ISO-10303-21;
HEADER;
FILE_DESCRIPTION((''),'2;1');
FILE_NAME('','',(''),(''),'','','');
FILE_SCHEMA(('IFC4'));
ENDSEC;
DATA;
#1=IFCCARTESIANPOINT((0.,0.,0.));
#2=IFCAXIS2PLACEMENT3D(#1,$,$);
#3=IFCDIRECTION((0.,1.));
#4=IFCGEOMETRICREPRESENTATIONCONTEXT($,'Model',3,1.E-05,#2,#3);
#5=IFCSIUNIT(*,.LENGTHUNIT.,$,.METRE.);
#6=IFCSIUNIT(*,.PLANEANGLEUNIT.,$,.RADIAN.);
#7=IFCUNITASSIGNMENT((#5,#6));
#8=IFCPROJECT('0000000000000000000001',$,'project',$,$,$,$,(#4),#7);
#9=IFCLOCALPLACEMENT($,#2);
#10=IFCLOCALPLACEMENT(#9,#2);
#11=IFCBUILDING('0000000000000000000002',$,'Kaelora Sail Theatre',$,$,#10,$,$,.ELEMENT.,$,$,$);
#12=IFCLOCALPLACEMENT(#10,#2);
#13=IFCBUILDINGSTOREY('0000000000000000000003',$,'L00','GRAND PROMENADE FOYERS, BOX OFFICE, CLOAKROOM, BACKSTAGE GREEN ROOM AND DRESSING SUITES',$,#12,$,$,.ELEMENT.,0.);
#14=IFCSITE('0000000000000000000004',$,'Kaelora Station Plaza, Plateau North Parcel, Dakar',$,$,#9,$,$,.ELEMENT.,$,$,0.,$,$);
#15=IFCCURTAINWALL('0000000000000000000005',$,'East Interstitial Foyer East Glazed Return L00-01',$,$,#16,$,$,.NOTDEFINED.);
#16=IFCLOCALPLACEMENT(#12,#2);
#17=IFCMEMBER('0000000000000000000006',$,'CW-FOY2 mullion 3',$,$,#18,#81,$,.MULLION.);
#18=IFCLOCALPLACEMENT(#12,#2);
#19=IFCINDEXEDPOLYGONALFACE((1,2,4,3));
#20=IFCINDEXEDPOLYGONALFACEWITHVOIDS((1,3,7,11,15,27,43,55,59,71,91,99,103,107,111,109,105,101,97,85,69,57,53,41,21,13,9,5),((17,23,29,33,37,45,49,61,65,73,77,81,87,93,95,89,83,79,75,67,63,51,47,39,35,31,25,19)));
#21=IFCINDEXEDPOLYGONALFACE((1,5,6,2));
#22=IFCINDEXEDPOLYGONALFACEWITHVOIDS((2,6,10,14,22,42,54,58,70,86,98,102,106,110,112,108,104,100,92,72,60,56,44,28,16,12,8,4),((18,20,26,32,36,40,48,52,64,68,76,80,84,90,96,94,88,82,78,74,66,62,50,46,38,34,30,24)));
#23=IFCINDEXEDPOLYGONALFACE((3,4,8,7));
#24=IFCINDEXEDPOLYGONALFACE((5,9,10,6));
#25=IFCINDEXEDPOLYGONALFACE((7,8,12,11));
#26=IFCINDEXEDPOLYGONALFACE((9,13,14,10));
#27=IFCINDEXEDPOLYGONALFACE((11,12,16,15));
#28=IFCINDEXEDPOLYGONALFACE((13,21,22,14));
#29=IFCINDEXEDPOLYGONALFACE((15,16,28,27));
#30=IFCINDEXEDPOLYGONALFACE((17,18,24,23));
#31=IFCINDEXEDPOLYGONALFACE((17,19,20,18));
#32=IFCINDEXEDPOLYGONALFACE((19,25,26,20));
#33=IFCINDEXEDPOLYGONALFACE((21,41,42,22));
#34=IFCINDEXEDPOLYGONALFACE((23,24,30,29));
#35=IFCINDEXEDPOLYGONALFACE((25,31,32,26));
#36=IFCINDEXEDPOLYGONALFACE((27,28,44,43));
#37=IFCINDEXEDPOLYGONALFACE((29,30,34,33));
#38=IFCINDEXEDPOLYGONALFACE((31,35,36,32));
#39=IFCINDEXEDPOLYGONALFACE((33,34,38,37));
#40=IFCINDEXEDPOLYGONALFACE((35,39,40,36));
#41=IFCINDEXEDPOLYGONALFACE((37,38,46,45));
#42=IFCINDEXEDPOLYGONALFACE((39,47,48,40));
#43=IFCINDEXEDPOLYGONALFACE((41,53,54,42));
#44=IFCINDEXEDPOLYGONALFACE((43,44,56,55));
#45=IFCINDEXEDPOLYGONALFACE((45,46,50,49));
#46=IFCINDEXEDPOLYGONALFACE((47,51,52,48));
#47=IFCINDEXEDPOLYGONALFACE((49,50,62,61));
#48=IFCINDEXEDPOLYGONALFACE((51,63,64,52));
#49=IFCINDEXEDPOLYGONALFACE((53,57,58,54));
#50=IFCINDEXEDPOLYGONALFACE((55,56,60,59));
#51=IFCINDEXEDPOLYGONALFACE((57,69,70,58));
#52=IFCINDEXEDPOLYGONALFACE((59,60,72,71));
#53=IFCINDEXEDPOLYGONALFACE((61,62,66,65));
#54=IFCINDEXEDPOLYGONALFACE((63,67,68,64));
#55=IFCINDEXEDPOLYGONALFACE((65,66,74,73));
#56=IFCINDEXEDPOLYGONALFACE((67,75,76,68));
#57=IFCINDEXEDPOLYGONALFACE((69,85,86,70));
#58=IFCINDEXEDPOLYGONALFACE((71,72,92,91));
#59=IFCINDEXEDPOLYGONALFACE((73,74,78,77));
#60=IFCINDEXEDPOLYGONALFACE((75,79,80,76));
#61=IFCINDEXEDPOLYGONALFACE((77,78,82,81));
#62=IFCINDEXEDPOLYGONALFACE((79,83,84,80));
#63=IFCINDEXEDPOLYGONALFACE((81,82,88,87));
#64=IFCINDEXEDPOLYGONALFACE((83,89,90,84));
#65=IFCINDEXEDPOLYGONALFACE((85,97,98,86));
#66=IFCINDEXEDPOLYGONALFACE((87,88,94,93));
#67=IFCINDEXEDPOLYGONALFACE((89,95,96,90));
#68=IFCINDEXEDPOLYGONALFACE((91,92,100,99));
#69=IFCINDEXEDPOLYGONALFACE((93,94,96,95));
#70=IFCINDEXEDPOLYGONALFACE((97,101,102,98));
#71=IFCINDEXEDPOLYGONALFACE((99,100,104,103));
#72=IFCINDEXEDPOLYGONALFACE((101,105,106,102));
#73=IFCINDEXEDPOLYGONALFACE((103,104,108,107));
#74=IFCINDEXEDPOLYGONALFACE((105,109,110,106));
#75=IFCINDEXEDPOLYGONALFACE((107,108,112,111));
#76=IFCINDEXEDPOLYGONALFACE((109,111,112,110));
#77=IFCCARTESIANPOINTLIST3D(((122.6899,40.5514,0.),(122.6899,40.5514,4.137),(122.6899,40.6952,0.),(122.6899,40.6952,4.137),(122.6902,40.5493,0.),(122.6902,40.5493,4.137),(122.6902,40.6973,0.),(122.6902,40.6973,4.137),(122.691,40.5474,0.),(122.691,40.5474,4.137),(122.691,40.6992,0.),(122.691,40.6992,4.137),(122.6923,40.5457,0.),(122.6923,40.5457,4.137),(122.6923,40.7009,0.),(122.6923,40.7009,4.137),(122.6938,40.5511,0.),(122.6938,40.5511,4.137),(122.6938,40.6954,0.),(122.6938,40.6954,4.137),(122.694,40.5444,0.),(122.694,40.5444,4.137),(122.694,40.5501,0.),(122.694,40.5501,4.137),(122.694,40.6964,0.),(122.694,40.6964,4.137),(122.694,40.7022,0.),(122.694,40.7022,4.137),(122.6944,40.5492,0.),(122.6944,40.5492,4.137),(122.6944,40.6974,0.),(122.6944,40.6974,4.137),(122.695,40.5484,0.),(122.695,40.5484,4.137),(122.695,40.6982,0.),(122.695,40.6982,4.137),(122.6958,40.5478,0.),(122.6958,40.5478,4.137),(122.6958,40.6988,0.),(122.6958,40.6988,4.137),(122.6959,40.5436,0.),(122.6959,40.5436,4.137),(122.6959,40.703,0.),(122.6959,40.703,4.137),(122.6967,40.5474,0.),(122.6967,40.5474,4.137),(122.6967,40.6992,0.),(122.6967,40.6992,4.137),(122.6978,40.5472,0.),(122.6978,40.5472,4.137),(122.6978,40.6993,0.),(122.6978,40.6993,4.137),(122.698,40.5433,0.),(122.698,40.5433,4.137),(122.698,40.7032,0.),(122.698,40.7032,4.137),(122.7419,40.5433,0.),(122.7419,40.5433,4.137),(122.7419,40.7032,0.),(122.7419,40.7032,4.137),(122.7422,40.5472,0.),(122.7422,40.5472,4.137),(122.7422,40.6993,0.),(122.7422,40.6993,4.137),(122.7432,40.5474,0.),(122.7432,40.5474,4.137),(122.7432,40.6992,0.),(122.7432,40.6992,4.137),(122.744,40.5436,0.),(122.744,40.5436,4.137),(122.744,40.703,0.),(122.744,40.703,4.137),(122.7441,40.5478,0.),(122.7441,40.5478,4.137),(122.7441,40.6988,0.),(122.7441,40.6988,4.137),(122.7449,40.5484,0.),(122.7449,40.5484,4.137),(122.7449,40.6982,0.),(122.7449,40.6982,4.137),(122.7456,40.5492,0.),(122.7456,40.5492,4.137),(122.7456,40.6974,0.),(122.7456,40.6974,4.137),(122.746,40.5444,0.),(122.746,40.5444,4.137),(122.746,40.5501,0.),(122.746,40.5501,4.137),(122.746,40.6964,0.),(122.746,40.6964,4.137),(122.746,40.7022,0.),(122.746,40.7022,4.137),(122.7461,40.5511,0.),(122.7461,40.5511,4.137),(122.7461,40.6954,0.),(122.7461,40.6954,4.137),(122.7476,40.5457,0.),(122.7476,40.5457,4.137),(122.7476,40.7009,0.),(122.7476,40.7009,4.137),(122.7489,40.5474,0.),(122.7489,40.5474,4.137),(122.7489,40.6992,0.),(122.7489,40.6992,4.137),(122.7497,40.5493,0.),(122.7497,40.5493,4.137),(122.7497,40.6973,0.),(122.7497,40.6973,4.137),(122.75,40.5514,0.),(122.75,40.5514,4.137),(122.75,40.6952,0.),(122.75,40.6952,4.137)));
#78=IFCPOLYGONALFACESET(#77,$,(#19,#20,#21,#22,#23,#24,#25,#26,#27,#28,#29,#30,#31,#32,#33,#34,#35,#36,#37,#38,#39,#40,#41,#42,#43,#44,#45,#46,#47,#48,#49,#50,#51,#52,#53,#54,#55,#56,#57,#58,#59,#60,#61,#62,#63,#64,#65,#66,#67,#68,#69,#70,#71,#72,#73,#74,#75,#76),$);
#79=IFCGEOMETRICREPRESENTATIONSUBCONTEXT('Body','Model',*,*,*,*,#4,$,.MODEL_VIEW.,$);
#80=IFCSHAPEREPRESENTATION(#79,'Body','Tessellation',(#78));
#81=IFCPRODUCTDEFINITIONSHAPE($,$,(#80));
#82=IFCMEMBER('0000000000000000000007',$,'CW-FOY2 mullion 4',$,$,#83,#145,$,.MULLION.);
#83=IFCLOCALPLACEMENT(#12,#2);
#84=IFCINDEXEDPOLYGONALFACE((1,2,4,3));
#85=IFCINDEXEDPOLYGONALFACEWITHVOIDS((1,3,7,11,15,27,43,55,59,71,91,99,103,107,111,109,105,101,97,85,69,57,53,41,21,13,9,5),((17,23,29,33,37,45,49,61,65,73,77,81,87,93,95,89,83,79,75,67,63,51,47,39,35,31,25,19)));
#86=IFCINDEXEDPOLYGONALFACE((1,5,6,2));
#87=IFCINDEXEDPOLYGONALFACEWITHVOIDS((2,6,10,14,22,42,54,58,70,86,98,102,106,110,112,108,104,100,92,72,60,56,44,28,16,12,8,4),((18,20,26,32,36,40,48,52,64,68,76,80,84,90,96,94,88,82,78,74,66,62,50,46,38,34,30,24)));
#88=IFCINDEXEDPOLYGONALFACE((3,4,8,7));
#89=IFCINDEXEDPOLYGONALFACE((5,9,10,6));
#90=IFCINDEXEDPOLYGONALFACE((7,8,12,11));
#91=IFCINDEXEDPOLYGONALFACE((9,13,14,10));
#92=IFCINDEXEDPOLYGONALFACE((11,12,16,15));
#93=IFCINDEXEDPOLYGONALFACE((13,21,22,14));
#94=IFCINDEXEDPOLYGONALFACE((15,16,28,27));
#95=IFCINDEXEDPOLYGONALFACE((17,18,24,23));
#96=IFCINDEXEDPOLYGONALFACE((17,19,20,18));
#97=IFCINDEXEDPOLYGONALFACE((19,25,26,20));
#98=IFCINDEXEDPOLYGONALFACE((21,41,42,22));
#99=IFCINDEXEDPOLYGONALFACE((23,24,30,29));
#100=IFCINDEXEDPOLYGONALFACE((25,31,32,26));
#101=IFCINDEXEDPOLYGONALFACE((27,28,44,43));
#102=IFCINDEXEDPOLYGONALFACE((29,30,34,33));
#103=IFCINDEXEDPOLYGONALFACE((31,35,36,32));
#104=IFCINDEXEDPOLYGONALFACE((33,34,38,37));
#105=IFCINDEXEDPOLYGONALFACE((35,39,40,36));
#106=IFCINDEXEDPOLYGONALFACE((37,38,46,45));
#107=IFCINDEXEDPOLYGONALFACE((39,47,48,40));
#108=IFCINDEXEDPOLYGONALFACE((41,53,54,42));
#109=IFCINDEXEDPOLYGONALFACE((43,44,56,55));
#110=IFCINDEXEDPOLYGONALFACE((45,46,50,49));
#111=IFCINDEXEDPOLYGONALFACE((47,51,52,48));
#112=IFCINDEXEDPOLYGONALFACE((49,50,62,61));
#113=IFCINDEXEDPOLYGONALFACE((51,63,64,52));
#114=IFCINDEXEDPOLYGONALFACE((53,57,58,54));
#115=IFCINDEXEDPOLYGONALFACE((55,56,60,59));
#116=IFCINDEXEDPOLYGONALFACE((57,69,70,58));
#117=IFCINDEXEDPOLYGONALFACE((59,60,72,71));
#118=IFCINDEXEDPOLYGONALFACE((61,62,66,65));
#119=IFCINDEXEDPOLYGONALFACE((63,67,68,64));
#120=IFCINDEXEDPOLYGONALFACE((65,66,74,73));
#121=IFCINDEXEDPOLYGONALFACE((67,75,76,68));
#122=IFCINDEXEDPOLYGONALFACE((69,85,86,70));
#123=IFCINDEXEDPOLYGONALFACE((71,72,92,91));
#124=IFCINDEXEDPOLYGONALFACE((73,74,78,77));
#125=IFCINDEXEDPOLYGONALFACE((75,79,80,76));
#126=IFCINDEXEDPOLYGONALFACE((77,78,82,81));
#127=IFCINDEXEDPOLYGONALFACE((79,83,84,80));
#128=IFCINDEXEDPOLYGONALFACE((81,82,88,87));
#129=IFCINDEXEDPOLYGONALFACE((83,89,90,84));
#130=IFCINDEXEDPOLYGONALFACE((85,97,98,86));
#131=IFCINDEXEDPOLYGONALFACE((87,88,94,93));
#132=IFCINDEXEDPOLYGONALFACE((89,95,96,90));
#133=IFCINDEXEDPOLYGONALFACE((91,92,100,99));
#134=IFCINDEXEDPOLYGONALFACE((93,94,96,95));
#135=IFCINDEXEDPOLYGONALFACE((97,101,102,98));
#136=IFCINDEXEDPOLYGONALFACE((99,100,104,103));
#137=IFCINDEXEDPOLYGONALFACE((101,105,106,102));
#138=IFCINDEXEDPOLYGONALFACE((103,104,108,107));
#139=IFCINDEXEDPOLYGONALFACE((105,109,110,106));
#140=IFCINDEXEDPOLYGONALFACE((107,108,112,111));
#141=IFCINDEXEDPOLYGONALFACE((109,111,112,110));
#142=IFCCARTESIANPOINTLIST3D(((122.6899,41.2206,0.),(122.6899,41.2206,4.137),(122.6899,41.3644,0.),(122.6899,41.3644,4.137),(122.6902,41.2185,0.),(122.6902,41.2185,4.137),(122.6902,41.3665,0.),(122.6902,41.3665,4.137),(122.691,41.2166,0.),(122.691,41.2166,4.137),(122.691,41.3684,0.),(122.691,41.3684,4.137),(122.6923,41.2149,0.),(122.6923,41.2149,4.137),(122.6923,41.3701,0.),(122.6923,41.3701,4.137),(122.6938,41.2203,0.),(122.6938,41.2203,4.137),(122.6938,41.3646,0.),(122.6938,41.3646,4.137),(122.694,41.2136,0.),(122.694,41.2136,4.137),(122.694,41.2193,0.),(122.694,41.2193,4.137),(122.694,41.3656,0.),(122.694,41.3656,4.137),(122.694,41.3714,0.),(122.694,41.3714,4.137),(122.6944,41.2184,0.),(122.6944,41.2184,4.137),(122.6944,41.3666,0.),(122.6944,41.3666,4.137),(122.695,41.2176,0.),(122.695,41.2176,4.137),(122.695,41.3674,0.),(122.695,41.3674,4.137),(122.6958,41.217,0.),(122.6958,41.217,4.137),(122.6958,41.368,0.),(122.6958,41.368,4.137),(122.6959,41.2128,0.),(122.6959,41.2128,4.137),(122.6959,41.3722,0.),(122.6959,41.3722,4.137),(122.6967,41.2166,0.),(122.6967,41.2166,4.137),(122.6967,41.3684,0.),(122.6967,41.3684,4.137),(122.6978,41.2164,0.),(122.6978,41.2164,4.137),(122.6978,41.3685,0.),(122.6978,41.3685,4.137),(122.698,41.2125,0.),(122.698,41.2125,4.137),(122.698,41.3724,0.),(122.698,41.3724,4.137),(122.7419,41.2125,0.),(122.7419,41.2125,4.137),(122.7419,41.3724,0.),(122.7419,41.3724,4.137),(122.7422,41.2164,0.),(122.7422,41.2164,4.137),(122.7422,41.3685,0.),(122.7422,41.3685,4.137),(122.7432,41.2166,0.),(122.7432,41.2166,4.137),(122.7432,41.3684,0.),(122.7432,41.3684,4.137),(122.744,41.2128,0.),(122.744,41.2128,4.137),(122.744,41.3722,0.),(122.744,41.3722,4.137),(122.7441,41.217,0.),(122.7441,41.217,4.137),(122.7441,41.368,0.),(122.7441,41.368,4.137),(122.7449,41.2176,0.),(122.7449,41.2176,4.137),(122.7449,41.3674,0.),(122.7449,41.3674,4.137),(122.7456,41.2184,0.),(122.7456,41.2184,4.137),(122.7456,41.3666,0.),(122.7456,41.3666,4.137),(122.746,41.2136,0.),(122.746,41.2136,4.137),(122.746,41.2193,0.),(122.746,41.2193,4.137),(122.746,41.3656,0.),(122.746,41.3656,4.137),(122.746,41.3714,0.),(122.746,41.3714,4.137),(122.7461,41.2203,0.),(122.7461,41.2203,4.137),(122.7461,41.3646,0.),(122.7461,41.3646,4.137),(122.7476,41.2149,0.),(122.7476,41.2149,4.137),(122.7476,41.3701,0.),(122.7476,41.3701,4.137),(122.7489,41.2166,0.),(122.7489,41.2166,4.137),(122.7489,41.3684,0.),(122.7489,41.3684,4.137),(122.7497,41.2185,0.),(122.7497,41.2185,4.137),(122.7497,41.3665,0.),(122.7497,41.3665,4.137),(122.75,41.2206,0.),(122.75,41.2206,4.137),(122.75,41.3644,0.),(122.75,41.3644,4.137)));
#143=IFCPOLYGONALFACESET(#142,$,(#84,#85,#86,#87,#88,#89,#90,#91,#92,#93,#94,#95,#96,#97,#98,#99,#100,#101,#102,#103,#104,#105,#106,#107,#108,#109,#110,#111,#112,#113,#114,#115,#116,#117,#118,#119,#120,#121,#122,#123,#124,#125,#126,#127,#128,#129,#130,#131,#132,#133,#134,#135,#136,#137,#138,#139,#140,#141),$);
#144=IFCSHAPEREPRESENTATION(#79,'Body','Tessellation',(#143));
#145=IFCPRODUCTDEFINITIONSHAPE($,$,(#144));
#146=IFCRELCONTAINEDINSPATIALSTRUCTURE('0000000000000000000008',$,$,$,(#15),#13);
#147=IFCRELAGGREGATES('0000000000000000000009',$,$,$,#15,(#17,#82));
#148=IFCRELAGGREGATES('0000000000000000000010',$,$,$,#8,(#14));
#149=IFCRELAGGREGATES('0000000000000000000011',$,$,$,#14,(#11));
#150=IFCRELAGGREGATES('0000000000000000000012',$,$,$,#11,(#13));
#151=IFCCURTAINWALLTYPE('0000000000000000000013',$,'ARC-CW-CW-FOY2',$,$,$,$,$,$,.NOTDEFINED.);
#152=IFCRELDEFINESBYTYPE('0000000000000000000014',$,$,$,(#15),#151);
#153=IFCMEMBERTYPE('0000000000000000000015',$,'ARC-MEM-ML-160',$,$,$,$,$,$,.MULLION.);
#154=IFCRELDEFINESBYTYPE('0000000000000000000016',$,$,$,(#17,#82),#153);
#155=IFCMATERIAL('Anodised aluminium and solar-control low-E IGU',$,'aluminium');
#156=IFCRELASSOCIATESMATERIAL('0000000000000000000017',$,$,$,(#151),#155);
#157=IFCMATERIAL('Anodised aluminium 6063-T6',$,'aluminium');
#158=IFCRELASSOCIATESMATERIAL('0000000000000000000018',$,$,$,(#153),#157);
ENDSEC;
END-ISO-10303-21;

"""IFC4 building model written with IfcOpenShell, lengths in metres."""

from ifc_helpers import new_model, si_unit, direction, frame, origin, origin_2d, place, context, subcontext, project, spatial, hollow_rectangle, extrude, material, material_profile, profile_set, type_object, element, aggregate, save


model = new_model("IFC4")

# Units and contexts
model_context = context("Model", 3, precision=1e-05, world=origin(), true_north=direction((0.0, 1.0)))
body_context = subcontext(model_context, "Body", "Model", "MODEL_VIEW")
ifc_project = project(units=[si_unit("LENGTHUNIT", "METRE"), si_unit("PLANEANGLEUNIT", "RADIAN")], contexts=[model_context])

# Site, building, storey
site_placement = place(None, origin())
site = spatial("IfcSite", under=ifc_project, at=site_placement, Name="Kaelora Station Plaza, Plateau North Parcel, Dakar", CompositionType="ELEMENT", RefElevation=0.0)
building_placement = place(site_placement, origin())
building = spatial("IfcBuilding", under=site, at=building_placement, Name="Kaelora Sail Theatre", CompositionType="ELEMENT")
storey_placement = place(building_placement, origin())
storey = spatial("IfcBuildingStorey", under=building, at=storey_placement, Name="L00", Description="GRAND PROMENADE FOYERS, BOX OFFICE, CLOAKROOM, BACKSTAGE GREEN ROOM AND DRESSING SUITES", CompositionType="ELEMENT", Elevation=0.0)

# Curtain wall, members
ifc_material_1 = material(Name="Anodised aluminium and solar-control low-E IGU", Category="aluminium")
curtain_wall_type = type_object("IfcCurtainWallType", Name="ARC-CW-CW-FOY2", PredefinedType="NOTDEFINED", material=ifc_material_1)
curtain_wall_placement = place(storey_placement, origin())
curtain_wall = element("IfcCurtainWall", 1, at=curtain_wall_placement, inside=storey, type_object=curtain_wall_type, Name="East Interstitial Foyer East Glazed Return L00-01", PredefinedType="NOTDEFINED")
ifc_material_2 = material(Name="Anodised aluminium 6063-T6", Category="aluminium")
ifc_material_profile_1 = material_profile(ifc_material_2, hollow_rectangle(XDim=0.0601, YDim=0.1599, WallThickness=0.0039, InnerFilletRadius=0.0039, OuterFilletRadius=0.0081, at=origin_2d()), Name="ALU-MULL 60x160x4")
ifc_profile_set_1 = profile_set([ifc_material_profile_1], Name="Anodised aluminium 6063-T6")
member_type_1 = type_object("IfcMemberType", Name="ARC-MEM-ML-160", PredefinedType="MULLION", material=ifc_profile_set_1)
member_1_placement = place(storey_placement, frame((122.72, 40.6233, 0.0), z_axis=(0.0, 0.0, 1.0), x_axis=(-1.0, 0.0, 0.0)))
member_1 = element("IfcMember", 2, at=member_1_placement, type_object=member_type_1, Name="CW-FOY2 mullion 3", PredefinedType="MULLION", context=body_context, shape_type="SweptSolid", body=[
    extrude(hollow_rectangle(XDim=0.0601, YDim=0.1599, WallThickness=0.0039, InnerFilletRadius=0.0039, OuterFilletRadius=0.0081, at=origin_2d()), origin(), (0.0, 0.0, 1.0), 4.137),
])
member_2_placement = place(storey_placement, frame((122.72, 41.2925, 0.0), z_axis=(0.0, 0.0, 1.0), x_axis=(-1.0, 0.0, 0.0)))
member_2 = element("IfcMember", 3, at=member_2_placement, type_object=member_type_1, Name="CW-FOY2 mullion 4", PredefinedType="MULLION", context=body_context, shape_type="SweptSolid", body=[
    extrude(hollow_rectangle(XDim=0.0601, YDim=0.1599, WallThickness=0.0039, InnerFilletRadius=0.0039, OuterFilletRadius=0.0081, at=origin_2d()), origin(), (0.0, 0.0, 1.0), 4.137),
])

aggregate(curtain_wall, [member_1, member_2])

save(model, "model.ifc")
